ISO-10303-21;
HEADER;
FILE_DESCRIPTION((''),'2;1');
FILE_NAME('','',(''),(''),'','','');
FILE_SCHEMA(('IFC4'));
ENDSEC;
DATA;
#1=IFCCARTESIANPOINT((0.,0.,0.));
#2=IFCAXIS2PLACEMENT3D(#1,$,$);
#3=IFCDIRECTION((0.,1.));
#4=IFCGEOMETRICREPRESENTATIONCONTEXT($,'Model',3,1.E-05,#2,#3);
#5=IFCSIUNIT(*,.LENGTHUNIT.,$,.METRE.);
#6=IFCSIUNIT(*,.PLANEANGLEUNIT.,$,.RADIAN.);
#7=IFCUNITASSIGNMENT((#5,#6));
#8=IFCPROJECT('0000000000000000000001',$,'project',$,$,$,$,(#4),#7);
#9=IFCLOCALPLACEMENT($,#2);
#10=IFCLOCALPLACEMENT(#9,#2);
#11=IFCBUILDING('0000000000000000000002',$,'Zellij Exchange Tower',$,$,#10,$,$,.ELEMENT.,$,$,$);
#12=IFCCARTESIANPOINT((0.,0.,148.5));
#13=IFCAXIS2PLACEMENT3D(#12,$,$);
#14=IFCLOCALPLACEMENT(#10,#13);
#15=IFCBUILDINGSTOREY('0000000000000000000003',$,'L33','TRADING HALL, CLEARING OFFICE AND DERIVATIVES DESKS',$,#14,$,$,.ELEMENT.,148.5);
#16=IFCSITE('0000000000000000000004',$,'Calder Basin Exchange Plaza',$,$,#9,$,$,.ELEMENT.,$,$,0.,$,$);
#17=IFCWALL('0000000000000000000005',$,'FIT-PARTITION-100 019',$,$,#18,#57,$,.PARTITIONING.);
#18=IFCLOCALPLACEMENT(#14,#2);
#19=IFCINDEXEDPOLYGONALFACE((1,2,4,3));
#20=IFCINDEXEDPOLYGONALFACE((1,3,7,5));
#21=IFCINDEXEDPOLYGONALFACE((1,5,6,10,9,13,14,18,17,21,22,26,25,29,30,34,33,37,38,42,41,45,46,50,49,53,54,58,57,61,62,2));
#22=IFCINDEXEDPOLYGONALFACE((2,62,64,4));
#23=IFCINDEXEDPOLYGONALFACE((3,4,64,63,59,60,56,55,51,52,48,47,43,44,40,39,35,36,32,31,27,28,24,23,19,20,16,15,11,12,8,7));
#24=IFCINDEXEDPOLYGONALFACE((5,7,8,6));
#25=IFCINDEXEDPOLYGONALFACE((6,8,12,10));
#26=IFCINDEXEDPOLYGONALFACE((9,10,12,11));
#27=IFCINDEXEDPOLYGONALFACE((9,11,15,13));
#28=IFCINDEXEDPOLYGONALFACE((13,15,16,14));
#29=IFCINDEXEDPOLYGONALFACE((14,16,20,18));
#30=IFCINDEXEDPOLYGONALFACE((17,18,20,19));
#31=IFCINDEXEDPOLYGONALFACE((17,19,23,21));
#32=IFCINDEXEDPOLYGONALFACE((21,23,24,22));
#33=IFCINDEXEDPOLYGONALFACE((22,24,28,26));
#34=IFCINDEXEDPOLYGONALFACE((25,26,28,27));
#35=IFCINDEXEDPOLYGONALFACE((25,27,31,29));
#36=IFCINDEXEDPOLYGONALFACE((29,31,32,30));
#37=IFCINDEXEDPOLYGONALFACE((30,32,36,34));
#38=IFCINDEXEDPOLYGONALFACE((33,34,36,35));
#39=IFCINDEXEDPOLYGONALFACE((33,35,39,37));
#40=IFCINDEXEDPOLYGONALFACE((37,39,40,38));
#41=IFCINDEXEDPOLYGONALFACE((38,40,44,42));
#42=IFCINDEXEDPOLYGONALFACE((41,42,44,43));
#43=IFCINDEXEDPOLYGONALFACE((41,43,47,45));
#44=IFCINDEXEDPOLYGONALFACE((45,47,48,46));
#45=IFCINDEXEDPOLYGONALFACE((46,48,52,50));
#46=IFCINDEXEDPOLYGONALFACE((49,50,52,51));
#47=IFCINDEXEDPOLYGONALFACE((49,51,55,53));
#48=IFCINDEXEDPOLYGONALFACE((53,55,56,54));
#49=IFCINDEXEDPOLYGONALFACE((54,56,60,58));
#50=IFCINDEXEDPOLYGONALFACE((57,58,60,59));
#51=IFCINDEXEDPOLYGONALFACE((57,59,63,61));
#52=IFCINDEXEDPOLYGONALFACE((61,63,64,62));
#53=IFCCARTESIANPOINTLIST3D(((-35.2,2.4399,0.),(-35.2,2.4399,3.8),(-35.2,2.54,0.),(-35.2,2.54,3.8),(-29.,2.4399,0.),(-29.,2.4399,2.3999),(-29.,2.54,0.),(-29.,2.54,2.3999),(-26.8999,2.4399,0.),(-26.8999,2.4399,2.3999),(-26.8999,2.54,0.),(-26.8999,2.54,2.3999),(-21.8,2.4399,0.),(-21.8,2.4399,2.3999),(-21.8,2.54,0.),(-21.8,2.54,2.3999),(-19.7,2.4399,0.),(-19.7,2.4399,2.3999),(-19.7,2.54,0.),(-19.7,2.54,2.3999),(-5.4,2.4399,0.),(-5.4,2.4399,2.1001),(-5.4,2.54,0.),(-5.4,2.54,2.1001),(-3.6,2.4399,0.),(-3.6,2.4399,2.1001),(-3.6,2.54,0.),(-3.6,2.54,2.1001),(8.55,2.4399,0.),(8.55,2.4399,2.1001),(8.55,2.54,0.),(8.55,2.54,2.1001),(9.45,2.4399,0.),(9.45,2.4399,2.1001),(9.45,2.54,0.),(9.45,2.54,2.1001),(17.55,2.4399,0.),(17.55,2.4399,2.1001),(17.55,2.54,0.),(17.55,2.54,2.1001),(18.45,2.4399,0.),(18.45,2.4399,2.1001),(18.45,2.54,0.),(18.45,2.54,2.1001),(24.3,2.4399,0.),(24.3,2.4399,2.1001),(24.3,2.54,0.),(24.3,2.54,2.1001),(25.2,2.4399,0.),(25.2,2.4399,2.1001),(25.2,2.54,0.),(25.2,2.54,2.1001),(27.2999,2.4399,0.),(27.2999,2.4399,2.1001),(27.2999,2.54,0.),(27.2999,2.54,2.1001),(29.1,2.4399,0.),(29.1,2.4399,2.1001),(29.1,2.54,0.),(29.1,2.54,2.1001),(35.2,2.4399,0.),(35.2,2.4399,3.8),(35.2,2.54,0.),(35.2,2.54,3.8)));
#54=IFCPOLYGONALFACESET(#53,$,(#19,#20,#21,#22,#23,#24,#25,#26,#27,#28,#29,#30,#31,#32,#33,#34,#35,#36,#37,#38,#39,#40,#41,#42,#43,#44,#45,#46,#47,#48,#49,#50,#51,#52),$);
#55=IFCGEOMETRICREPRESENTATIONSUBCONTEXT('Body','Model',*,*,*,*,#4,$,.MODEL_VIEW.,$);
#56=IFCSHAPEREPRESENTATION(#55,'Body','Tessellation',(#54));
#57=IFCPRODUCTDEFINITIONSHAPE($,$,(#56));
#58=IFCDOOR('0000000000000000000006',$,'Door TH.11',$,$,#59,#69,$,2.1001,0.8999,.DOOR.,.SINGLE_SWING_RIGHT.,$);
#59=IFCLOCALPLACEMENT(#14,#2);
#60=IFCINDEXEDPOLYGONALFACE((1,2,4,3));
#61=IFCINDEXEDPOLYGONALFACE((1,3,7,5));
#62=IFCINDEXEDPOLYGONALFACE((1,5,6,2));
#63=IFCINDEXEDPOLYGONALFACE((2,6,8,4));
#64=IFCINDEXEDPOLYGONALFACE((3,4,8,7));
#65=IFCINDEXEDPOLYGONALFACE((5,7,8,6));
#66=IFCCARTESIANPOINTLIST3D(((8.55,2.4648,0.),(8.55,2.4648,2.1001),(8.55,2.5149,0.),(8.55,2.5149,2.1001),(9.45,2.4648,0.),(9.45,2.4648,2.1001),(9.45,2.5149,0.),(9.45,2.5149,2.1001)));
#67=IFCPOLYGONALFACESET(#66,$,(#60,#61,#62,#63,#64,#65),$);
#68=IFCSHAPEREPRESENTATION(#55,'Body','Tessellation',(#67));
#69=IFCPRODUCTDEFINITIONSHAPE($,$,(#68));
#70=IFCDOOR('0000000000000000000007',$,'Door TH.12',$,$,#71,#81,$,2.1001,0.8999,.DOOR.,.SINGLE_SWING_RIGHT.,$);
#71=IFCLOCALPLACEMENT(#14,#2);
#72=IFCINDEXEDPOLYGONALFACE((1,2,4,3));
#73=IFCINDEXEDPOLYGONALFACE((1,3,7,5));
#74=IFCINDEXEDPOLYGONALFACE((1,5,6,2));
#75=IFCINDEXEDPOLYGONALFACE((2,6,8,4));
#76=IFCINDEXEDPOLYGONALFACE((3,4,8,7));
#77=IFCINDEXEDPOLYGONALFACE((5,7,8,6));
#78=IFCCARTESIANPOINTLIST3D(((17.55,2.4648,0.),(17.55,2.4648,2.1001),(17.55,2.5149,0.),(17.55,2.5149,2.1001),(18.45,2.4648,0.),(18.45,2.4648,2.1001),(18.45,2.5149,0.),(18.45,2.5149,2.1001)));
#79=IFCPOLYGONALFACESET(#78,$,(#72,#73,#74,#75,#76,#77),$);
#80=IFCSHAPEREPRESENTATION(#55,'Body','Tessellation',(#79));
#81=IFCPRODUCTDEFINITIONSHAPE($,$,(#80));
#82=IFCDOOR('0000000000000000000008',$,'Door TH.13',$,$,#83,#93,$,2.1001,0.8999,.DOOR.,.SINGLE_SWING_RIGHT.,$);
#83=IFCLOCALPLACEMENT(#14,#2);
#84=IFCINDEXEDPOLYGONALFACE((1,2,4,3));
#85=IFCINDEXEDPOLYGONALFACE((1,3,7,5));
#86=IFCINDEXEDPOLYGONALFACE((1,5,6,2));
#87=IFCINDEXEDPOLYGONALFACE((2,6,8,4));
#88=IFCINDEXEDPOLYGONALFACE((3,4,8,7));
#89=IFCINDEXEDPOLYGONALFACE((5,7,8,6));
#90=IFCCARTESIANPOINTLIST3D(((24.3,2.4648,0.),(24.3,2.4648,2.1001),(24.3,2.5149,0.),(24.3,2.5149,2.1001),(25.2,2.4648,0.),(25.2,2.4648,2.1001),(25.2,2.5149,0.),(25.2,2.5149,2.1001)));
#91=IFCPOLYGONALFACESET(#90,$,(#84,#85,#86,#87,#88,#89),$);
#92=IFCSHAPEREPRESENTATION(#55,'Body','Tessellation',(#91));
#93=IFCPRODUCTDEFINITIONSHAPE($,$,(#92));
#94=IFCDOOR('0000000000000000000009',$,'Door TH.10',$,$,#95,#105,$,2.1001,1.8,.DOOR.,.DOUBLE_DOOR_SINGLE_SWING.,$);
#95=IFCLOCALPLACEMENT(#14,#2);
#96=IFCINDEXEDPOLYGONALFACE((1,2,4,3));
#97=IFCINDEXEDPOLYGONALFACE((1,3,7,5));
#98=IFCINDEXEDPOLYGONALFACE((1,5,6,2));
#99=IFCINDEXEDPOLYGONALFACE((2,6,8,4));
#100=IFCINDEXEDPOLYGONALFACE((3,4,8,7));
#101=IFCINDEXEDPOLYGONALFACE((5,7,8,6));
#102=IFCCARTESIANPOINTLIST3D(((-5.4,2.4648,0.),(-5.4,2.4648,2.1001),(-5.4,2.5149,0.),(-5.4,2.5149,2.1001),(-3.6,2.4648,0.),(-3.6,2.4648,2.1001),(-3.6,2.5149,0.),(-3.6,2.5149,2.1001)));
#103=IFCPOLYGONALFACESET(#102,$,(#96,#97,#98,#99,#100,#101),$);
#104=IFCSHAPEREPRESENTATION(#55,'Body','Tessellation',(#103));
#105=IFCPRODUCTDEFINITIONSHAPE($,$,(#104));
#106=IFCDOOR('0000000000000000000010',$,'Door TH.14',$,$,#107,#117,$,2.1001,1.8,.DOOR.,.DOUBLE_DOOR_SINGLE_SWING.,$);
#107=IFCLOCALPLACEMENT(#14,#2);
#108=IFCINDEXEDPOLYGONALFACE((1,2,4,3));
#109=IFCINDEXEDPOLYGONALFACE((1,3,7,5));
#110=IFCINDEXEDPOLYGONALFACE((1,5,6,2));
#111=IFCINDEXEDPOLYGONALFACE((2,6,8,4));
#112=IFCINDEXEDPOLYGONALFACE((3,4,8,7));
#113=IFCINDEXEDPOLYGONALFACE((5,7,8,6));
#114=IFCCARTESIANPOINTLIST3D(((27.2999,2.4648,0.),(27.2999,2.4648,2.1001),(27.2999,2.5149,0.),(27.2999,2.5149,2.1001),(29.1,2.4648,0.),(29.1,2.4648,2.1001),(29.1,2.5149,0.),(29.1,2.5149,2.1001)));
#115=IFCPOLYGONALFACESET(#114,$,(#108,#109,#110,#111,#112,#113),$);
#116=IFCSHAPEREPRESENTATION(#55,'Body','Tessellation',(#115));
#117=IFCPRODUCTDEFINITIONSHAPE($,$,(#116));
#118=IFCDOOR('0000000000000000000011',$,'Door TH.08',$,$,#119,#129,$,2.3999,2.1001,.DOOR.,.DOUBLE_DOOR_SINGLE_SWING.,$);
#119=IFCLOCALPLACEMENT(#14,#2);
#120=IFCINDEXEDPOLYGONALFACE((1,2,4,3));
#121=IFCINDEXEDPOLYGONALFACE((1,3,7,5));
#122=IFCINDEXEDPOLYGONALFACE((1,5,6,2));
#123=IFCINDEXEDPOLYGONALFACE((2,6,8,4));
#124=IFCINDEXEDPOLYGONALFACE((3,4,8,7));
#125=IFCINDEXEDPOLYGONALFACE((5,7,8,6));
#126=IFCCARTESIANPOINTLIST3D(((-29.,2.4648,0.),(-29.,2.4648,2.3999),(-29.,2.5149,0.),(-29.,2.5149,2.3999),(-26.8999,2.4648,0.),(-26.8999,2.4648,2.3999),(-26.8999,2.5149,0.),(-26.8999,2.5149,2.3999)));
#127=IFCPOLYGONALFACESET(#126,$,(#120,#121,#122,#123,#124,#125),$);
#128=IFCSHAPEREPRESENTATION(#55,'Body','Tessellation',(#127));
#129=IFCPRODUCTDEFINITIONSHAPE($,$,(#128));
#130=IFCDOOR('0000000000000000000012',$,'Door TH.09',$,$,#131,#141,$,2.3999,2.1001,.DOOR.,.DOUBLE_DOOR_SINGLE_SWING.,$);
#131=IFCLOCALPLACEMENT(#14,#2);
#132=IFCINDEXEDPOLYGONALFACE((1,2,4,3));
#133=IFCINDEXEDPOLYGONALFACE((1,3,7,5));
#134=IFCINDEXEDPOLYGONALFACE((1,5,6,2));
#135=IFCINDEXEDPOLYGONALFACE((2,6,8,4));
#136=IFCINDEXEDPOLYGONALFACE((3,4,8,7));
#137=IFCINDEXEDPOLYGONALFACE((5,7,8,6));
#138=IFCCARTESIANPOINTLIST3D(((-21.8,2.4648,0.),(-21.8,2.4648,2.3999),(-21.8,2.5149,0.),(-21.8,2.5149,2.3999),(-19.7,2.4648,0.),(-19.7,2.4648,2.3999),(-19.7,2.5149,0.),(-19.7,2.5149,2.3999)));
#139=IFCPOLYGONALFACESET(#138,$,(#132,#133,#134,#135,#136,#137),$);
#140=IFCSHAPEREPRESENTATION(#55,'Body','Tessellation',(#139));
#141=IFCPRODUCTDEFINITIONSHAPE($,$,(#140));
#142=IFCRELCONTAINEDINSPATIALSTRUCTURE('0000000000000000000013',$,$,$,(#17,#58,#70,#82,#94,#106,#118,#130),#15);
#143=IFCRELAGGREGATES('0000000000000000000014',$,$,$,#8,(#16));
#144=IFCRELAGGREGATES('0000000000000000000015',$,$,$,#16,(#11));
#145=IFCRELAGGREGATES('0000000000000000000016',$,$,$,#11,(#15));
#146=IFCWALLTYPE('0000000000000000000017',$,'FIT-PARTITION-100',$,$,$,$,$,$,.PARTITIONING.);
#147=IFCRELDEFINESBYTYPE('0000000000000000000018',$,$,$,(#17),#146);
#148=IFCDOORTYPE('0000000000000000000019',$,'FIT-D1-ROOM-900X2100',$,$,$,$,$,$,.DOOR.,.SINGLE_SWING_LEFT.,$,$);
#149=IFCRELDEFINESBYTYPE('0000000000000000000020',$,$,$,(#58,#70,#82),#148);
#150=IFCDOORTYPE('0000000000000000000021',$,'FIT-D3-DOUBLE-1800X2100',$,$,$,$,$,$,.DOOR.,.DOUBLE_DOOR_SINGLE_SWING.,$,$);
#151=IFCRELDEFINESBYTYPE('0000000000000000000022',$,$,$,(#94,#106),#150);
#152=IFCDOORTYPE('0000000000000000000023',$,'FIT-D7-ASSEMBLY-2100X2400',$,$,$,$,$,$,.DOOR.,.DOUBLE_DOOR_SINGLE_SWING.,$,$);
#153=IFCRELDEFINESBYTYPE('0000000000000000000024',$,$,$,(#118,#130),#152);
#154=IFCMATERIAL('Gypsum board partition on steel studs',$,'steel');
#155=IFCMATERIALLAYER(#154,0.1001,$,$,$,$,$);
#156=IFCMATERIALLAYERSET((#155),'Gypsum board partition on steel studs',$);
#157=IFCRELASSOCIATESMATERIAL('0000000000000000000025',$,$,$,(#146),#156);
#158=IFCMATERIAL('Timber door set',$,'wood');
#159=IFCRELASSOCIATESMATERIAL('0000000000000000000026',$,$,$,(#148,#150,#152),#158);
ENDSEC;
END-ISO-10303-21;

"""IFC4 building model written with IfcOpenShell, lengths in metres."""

from ifc_helpers import new_model, si_unit, direction, frame, frame_2d, origin, place, context, subcontext, project, spatial, rectangle, extrude, material, layer, layer_set, type_object, element, fill, save


model = new_model("IFC4")

# Units and contexts
model_context = context("Model", 3, precision=1e-05, world=origin(), true_north=direction((0.0, 1.0)))
body_context = subcontext(model_context, "Body", "Model", "MODEL_VIEW")
ifc_project = project(units=[si_unit("LENGTHUNIT", "METRE"), si_unit("PLANEANGLEUNIT", "RADIAN")], contexts=[model_context])

# Site, building, storey
site_placement = place(None, origin())
site = spatial("IfcSite", under=ifc_project, at=site_placement, Name="Calder Basin Exchange Plaza", CompositionType="ELEMENT", RefElevation=0.0)
building_placement = place(site_placement, origin())
building = spatial("IfcBuilding", under=site, at=building_placement, Name="Zellij Exchange Tower", CompositionType="ELEMENT")
storey_placement = place(building_placement, frame((0.0, 0.0, 148.5)))
storey = spatial("IfcBuildingStorey", under=building, at=storey_placement, Name="L33", Description="TRADING HALL, CLEARING OFFICE AND DERIVATIVES DESKS", CompositionType="ELEMENT", Elevation=148.5)

# Wall, openings, doors
ifc_material_1 = material(Name="Gypsum board partition on steel studs", Category="steel")
ifc_layer = layer(ifc_material_1, 0.1001)
ifc_layer_set = layer_set([ifc_layer], Name="Gypsum board partition on steel studs")
wall_type = type_object("IfcWallType", Name="FIT-PARTITION-100", PredefinedType="PARTITIONING", material=ifc_layer_set)
wall_placement = place(storey_placement, frame((-35.2, 2.49, 0.0), z_axis=(0.0, 0.0, 1.0), x_axis=(1.0, 0.0, 0.0)))
wall = element("IfcWall", 1, at=wall_placement, inside=storey, type_object=wall_type, Name="FIT-PARTITION-100 019", PredefinedType="PARTITIONING", context=body_context, shape_type="SweptSolid", body=[
    extrude(rectangle(XDim=70.3999, YDim=0.1001, at=frame_2d((35.2, 0.0))), origin(), (0.0, 0.0, 1.0), 3.8),
])
opening_1_placement = place(wall_placement, frame((6.2, 0.0, 0.0)))
opening_1 = element("IfcOpeningElement", 2, at=opening_1_placement, cuts=wall, PredefinedType="OPENING", context=body_context, shape_type="SweptSolid", body=[
    extrude(rectangle(XDim=2.1001, YDim=2.3999, at=frame_2d((1.05, 1.2))), frame((0.0, 0.062, 0.0), z_axis=(0.0, -1.0, 0.0), x_axis=(1.0, 0.0, 0.0)), (0.0, 0.0, 1.0), 0.124),
])
opening_2_placement = place(wall_placement, frame((13.3999, 0.0, 0.0)))
opening_2 = element("IfcOpeningElement", 3, at=opening_2_placement, cuts=wall, PredefinedType="OPENING", context=body_context, shape_type="SweptSolid", body=[
    extrude(rectangle(XDim=2.1001, YDim=2.3999, at=frame_2d((1.05, 1.2))), frame((0.0, 0.062, 0.0), z_axis=(0.0, -1.0, 0.0), x_axis=(1.0, 0.0, 0.0)), (0.0, 0.0, 1.0), 0.124),
])
opening_3_placement = place(wall_placement, frame((29.8, 0.0, 0.0)))
opening_3 = element("IfcOpeningElement", 4, at=opening_3_placement, cuts=wall, PredefinedType="OPENING", context=body_context, shape_type="SweptSolid", body=[
    extrude(rectangle(XDim=1.8, YDim=2.1001, at=frame_2d((0.8999, 1.05))), frame((0.0, 0.062, 0.0), z_axis=(0.0, -1.0, 0.0), x_axis=(1.0, 0.0, 0.0)), (0.0, 0.0, 1.0), 0.124),
])
opening_4_placement = place(wall_placement, frame((43.75, 0.0, 0.0)))
opening_4 = element("IfcOpeningElement", 5, at=opening_4_placement, cuts=wall, PredefinedType="OPENING", context=body_context, shape_type="SweptSolid", body=[
    extrude(rectangle(XDim=0.8999, YDim=2.1001, at=frame_2d((0.45, 1.05))), frame((0.0, 0.062, 0.0), z_axis=(0.0, -1.0, 0.0), x_axis=(1.0, 0.0, 0.0)), (0.0, 0.0, 1.0), 0.124),
])
opening_5_placement = place(wall_placement, frame((52.75, 0.0, 0.0)))
opening_5 = element("IfcOpeningElement", 6, at=opening_5_placement, cuts=wall, PredefinedType="OPENING", context=body_context, shape_type="SweptSolid", body=[
    extrude(rectangle(XDim=0.8999, YDim=2.1001, at=frame_2d((0.45, 1.05))), frame((0.0, 0.062, 0.0), z_axis=(0.0, -1.0, 0.0), x_axis=(1.0, 0.0, 0.0)), (0.0, 0.0, 1.0), 0.124),
])
opening_6_placement = place(wall_placement, frame((59.5, 0.0, 0.0)))
opening_6 = element("IfcOpeningElement", 7, at=opening_6_placement, cuts=wall, PredefinedType="OPENING", context=body_context, shape_type="SweptSolid", body=[
    extrude(rectangle(XDim=0.8999, YDim=2.1001, at=frame_2d((0.45, 1.05))), frame((0.0, 0.062, 0.0), z_axis=(0.0, -1.0, 0.0), x_axis=(1.0, 0.0, 0.0)), (0.0, 0.0, 1.0), 0.124),
])
opening_7_placement = place(wall_placement, frame((62.5, 0.0, 0.0)))
opening_7 = element("IfcOpeningElement", 8, at=opening_7_placement, cuts=wall, PredefinedType="OPENING", context=body_context, shape_type="SweptSolid", body=[
    extrude(rectangle(XDim=1.8, YDim=2.1001, at=frame_2d((0.8999, 1.05))), frame((0.0, 0.062, 0.0), z_axis=(0.0, -1.0, 0.0), x_axis=(1.0, 0.0, 0.0)), (0.0, 0.0, 1.0), 0.124),
])
ifc_material_2 = material(Name="Timber door set", Category="wood")
door_type_1 = type_object("IfcDoorType", Name="FIT-D1-ROOM-900X2100", OperationType="SINGLE_SWING_LEFT", PredefinedType="DOOR", material=ifc_material_2)
door_1_placement = place(opening_4_placement, origin())
door_1 = element("IfcDoor", 9, at=door_1_placement, inside=storey, type_object=door_type_1, Name="Door TH.11", OperationType="SINGLE_SWING_RIGHT", OverallHeight=2.1001, OverallWidth=0.8999, PredefinedType="DOOR", context=body_context, shape_type="SweptSolid", body=[
    extrude(rectangle(XDim=0.8999, YDim=2.1001, at=frame_2d((0.45, 1.05))), frame((0.0, 0.0249, 0.0), z_axis=(0.0, -1.0, 0.0), x_axis=(1.0, 0.0, 0.0)), (0.0, 0.0, 1.0), 0.05),
])
fill(opening_4, door_1)
door_2_placement = place(opening_5_placement, origin())
door_2 = element("IfcDoor", 10, at=door_2_placement, inside=storey, type_object=door_type_1, Name="Door TH.12", OperationType="SINGLE_SWING_RIGHT", OverallHeight=2.1001, OverallWidth=0.8999, PredefinedType="DOOR", context=body_context, shape_type="SweptSolid", body=[
    extrude(rectangle(XDim=0.8999, YDim=2.1001, at=frame_2d((0.45, 1.05))), frame((0.0, 0.0249, 0.0), z_axis=(0.0, -1.0, 0.0), x_axis=(1.0, 0.0, 0.0)), (0.0, 0.0, 1.0), 0.05),
])
fill(opening_5, door_2)
door_3_placement = place(opening_6_placement, origin())
door_3 = element("IfcDoor", 11, at=door_3_placement, inside=storey, type_object=door_type_1, Name="Door TH.13", OperationType="SINGLE_SWING_RIGHT", OverallHeight=2.1001, OverallWidth=0.8999, PredefinedType="DOOR", context=body_context, shape_type="SweptSolid", body=[
    extrude(rectangle(XDim=0.8999, YDim=2.1001, at=frame_2d((0.45, 1.05))), frame((0.0, 0.0249, 0.0), z_axis=(0.0, -1.0, 0.0), x_axis=(1.0, 0.0, 0.0)), (0.0, 0.0, 1.0), 0.05),
])
fill(opening_6, door_3)
door_type_2 = type_object("IfcDoorType", Name="FIT-D3-DOUBLE-1800X2100", OperationType="DOUBLE_DOOR_SINGLE_SWING", PredefinedType="DOOR", material=ifc_material_2)
door_4_placement = place(opening_3_placement, origin())
door_4 = element("IfcDoor", 12, at=door_4_placement, inside=storey, type_object=door_type_2, Name="Door TH.10", OperationType="DOUBLE_DOOR_SINGLE_SWING", OverallHeight=2.1001, OverallWidth=1.8, PredefinedType="DOOR", context=body_context, shape_type="SweptSolid", body=[
    extrude(rectangle(XDim=1.8, YDim=2.1001, at=frame_2d((0.8999, 1.05))), frame((0.0, 0.0249, 0.0), z_axis=(0.0, -1.0, 0.0), x_axis=(1.0, 0.0, 0.0)), (0.0, 0.0, 1.0), 0.05),
])
fill(opening_3, door_4)
door_5_placement = place(opening_7_placement, origin())
door_5 = element("IfcDoor", 13, at=door_5_placement, inside=storey, type_object=door_type_2, Name="Door TH.14", OperationType="DOUBLE_DOOR_SINGLE_SWING", OverallHeight=2.1001, OverallWidth=1.8, PredefinedType="DOOR", context=body_context, shape_type="SweptSolid", body=[
    extrude(rectangle(XDim=1.8, YDim=2.1001, at=frame_2d((0.8999, 1.05))), frame((0.0, 0.0249, 0.0), z_axis=(0.0, -1.0, 0.0), x_axis=(1.0, 0.0, 0.0)), (0.0, 0.0, 1.0), 0.05),
])
fill(opening_7, door_5)
door_type_3 = type_object("IfcDoorType", Name="FIT-D7-ASSEMBLY-2100X2400", OperationType="DOUBLE_DOOR_SINGLE_SWING", PredefinedType="DOOR", material=ifc_material_2)
door_6_placement = place(opening_1_placement, origin())
door_6 = element("IfcDoor", 14, at=door_6_placement, inside=storey, type_object=door_type_3, Name="Door TH.08", OperationType="DOUBLE_DOOR_SINGLE_SWING", OverallHeight=2.3999, OverallWidth=2.1001, PredefinedType="DOOR", context=body_context, shape_type="SweptSolid", body=[
    extrude(rectangle(XDim=2.1001, YDim=2.3999, at=frame_2d((1.05, 1.2))), frame((0.0, 0.0249, 0.0), z_axis=(0.0, -1.0, 0.0), x_axis=(1.0, 0.0, 0.0)), (0.0, 0.0, 1.0), 0.05),
])
fill(opening_1, door_6)
door_7_placement = place(opening_2_placement, origin())
door_7 = element("IfcDoor", 15, at=door_7_placement, inside=storey, type_object=door_type_3, Name="Door TH.09", OperationType="DOUBLE_DOOR_SINGLE_SWING", OverallHeight=2.3999, OverallWidth=2.1001, PredefinedType="DOOR", context=body_context, shape_type="SweptSolid", body=[
    extrude(rectangle(XDim=2.1001, YDim=2.3999, at=frame_2d((1.05, 1.2))), frame((0.0, 0.0249, 0.0), z_axis=(0.0, -1.0, 0.0), x_axis=(1.0, 0.0, 0.0)), (0.0, 0.0, 1.0), 0.05),
])
fill(opening_2, door_7)

save(model, "model.ifc")
